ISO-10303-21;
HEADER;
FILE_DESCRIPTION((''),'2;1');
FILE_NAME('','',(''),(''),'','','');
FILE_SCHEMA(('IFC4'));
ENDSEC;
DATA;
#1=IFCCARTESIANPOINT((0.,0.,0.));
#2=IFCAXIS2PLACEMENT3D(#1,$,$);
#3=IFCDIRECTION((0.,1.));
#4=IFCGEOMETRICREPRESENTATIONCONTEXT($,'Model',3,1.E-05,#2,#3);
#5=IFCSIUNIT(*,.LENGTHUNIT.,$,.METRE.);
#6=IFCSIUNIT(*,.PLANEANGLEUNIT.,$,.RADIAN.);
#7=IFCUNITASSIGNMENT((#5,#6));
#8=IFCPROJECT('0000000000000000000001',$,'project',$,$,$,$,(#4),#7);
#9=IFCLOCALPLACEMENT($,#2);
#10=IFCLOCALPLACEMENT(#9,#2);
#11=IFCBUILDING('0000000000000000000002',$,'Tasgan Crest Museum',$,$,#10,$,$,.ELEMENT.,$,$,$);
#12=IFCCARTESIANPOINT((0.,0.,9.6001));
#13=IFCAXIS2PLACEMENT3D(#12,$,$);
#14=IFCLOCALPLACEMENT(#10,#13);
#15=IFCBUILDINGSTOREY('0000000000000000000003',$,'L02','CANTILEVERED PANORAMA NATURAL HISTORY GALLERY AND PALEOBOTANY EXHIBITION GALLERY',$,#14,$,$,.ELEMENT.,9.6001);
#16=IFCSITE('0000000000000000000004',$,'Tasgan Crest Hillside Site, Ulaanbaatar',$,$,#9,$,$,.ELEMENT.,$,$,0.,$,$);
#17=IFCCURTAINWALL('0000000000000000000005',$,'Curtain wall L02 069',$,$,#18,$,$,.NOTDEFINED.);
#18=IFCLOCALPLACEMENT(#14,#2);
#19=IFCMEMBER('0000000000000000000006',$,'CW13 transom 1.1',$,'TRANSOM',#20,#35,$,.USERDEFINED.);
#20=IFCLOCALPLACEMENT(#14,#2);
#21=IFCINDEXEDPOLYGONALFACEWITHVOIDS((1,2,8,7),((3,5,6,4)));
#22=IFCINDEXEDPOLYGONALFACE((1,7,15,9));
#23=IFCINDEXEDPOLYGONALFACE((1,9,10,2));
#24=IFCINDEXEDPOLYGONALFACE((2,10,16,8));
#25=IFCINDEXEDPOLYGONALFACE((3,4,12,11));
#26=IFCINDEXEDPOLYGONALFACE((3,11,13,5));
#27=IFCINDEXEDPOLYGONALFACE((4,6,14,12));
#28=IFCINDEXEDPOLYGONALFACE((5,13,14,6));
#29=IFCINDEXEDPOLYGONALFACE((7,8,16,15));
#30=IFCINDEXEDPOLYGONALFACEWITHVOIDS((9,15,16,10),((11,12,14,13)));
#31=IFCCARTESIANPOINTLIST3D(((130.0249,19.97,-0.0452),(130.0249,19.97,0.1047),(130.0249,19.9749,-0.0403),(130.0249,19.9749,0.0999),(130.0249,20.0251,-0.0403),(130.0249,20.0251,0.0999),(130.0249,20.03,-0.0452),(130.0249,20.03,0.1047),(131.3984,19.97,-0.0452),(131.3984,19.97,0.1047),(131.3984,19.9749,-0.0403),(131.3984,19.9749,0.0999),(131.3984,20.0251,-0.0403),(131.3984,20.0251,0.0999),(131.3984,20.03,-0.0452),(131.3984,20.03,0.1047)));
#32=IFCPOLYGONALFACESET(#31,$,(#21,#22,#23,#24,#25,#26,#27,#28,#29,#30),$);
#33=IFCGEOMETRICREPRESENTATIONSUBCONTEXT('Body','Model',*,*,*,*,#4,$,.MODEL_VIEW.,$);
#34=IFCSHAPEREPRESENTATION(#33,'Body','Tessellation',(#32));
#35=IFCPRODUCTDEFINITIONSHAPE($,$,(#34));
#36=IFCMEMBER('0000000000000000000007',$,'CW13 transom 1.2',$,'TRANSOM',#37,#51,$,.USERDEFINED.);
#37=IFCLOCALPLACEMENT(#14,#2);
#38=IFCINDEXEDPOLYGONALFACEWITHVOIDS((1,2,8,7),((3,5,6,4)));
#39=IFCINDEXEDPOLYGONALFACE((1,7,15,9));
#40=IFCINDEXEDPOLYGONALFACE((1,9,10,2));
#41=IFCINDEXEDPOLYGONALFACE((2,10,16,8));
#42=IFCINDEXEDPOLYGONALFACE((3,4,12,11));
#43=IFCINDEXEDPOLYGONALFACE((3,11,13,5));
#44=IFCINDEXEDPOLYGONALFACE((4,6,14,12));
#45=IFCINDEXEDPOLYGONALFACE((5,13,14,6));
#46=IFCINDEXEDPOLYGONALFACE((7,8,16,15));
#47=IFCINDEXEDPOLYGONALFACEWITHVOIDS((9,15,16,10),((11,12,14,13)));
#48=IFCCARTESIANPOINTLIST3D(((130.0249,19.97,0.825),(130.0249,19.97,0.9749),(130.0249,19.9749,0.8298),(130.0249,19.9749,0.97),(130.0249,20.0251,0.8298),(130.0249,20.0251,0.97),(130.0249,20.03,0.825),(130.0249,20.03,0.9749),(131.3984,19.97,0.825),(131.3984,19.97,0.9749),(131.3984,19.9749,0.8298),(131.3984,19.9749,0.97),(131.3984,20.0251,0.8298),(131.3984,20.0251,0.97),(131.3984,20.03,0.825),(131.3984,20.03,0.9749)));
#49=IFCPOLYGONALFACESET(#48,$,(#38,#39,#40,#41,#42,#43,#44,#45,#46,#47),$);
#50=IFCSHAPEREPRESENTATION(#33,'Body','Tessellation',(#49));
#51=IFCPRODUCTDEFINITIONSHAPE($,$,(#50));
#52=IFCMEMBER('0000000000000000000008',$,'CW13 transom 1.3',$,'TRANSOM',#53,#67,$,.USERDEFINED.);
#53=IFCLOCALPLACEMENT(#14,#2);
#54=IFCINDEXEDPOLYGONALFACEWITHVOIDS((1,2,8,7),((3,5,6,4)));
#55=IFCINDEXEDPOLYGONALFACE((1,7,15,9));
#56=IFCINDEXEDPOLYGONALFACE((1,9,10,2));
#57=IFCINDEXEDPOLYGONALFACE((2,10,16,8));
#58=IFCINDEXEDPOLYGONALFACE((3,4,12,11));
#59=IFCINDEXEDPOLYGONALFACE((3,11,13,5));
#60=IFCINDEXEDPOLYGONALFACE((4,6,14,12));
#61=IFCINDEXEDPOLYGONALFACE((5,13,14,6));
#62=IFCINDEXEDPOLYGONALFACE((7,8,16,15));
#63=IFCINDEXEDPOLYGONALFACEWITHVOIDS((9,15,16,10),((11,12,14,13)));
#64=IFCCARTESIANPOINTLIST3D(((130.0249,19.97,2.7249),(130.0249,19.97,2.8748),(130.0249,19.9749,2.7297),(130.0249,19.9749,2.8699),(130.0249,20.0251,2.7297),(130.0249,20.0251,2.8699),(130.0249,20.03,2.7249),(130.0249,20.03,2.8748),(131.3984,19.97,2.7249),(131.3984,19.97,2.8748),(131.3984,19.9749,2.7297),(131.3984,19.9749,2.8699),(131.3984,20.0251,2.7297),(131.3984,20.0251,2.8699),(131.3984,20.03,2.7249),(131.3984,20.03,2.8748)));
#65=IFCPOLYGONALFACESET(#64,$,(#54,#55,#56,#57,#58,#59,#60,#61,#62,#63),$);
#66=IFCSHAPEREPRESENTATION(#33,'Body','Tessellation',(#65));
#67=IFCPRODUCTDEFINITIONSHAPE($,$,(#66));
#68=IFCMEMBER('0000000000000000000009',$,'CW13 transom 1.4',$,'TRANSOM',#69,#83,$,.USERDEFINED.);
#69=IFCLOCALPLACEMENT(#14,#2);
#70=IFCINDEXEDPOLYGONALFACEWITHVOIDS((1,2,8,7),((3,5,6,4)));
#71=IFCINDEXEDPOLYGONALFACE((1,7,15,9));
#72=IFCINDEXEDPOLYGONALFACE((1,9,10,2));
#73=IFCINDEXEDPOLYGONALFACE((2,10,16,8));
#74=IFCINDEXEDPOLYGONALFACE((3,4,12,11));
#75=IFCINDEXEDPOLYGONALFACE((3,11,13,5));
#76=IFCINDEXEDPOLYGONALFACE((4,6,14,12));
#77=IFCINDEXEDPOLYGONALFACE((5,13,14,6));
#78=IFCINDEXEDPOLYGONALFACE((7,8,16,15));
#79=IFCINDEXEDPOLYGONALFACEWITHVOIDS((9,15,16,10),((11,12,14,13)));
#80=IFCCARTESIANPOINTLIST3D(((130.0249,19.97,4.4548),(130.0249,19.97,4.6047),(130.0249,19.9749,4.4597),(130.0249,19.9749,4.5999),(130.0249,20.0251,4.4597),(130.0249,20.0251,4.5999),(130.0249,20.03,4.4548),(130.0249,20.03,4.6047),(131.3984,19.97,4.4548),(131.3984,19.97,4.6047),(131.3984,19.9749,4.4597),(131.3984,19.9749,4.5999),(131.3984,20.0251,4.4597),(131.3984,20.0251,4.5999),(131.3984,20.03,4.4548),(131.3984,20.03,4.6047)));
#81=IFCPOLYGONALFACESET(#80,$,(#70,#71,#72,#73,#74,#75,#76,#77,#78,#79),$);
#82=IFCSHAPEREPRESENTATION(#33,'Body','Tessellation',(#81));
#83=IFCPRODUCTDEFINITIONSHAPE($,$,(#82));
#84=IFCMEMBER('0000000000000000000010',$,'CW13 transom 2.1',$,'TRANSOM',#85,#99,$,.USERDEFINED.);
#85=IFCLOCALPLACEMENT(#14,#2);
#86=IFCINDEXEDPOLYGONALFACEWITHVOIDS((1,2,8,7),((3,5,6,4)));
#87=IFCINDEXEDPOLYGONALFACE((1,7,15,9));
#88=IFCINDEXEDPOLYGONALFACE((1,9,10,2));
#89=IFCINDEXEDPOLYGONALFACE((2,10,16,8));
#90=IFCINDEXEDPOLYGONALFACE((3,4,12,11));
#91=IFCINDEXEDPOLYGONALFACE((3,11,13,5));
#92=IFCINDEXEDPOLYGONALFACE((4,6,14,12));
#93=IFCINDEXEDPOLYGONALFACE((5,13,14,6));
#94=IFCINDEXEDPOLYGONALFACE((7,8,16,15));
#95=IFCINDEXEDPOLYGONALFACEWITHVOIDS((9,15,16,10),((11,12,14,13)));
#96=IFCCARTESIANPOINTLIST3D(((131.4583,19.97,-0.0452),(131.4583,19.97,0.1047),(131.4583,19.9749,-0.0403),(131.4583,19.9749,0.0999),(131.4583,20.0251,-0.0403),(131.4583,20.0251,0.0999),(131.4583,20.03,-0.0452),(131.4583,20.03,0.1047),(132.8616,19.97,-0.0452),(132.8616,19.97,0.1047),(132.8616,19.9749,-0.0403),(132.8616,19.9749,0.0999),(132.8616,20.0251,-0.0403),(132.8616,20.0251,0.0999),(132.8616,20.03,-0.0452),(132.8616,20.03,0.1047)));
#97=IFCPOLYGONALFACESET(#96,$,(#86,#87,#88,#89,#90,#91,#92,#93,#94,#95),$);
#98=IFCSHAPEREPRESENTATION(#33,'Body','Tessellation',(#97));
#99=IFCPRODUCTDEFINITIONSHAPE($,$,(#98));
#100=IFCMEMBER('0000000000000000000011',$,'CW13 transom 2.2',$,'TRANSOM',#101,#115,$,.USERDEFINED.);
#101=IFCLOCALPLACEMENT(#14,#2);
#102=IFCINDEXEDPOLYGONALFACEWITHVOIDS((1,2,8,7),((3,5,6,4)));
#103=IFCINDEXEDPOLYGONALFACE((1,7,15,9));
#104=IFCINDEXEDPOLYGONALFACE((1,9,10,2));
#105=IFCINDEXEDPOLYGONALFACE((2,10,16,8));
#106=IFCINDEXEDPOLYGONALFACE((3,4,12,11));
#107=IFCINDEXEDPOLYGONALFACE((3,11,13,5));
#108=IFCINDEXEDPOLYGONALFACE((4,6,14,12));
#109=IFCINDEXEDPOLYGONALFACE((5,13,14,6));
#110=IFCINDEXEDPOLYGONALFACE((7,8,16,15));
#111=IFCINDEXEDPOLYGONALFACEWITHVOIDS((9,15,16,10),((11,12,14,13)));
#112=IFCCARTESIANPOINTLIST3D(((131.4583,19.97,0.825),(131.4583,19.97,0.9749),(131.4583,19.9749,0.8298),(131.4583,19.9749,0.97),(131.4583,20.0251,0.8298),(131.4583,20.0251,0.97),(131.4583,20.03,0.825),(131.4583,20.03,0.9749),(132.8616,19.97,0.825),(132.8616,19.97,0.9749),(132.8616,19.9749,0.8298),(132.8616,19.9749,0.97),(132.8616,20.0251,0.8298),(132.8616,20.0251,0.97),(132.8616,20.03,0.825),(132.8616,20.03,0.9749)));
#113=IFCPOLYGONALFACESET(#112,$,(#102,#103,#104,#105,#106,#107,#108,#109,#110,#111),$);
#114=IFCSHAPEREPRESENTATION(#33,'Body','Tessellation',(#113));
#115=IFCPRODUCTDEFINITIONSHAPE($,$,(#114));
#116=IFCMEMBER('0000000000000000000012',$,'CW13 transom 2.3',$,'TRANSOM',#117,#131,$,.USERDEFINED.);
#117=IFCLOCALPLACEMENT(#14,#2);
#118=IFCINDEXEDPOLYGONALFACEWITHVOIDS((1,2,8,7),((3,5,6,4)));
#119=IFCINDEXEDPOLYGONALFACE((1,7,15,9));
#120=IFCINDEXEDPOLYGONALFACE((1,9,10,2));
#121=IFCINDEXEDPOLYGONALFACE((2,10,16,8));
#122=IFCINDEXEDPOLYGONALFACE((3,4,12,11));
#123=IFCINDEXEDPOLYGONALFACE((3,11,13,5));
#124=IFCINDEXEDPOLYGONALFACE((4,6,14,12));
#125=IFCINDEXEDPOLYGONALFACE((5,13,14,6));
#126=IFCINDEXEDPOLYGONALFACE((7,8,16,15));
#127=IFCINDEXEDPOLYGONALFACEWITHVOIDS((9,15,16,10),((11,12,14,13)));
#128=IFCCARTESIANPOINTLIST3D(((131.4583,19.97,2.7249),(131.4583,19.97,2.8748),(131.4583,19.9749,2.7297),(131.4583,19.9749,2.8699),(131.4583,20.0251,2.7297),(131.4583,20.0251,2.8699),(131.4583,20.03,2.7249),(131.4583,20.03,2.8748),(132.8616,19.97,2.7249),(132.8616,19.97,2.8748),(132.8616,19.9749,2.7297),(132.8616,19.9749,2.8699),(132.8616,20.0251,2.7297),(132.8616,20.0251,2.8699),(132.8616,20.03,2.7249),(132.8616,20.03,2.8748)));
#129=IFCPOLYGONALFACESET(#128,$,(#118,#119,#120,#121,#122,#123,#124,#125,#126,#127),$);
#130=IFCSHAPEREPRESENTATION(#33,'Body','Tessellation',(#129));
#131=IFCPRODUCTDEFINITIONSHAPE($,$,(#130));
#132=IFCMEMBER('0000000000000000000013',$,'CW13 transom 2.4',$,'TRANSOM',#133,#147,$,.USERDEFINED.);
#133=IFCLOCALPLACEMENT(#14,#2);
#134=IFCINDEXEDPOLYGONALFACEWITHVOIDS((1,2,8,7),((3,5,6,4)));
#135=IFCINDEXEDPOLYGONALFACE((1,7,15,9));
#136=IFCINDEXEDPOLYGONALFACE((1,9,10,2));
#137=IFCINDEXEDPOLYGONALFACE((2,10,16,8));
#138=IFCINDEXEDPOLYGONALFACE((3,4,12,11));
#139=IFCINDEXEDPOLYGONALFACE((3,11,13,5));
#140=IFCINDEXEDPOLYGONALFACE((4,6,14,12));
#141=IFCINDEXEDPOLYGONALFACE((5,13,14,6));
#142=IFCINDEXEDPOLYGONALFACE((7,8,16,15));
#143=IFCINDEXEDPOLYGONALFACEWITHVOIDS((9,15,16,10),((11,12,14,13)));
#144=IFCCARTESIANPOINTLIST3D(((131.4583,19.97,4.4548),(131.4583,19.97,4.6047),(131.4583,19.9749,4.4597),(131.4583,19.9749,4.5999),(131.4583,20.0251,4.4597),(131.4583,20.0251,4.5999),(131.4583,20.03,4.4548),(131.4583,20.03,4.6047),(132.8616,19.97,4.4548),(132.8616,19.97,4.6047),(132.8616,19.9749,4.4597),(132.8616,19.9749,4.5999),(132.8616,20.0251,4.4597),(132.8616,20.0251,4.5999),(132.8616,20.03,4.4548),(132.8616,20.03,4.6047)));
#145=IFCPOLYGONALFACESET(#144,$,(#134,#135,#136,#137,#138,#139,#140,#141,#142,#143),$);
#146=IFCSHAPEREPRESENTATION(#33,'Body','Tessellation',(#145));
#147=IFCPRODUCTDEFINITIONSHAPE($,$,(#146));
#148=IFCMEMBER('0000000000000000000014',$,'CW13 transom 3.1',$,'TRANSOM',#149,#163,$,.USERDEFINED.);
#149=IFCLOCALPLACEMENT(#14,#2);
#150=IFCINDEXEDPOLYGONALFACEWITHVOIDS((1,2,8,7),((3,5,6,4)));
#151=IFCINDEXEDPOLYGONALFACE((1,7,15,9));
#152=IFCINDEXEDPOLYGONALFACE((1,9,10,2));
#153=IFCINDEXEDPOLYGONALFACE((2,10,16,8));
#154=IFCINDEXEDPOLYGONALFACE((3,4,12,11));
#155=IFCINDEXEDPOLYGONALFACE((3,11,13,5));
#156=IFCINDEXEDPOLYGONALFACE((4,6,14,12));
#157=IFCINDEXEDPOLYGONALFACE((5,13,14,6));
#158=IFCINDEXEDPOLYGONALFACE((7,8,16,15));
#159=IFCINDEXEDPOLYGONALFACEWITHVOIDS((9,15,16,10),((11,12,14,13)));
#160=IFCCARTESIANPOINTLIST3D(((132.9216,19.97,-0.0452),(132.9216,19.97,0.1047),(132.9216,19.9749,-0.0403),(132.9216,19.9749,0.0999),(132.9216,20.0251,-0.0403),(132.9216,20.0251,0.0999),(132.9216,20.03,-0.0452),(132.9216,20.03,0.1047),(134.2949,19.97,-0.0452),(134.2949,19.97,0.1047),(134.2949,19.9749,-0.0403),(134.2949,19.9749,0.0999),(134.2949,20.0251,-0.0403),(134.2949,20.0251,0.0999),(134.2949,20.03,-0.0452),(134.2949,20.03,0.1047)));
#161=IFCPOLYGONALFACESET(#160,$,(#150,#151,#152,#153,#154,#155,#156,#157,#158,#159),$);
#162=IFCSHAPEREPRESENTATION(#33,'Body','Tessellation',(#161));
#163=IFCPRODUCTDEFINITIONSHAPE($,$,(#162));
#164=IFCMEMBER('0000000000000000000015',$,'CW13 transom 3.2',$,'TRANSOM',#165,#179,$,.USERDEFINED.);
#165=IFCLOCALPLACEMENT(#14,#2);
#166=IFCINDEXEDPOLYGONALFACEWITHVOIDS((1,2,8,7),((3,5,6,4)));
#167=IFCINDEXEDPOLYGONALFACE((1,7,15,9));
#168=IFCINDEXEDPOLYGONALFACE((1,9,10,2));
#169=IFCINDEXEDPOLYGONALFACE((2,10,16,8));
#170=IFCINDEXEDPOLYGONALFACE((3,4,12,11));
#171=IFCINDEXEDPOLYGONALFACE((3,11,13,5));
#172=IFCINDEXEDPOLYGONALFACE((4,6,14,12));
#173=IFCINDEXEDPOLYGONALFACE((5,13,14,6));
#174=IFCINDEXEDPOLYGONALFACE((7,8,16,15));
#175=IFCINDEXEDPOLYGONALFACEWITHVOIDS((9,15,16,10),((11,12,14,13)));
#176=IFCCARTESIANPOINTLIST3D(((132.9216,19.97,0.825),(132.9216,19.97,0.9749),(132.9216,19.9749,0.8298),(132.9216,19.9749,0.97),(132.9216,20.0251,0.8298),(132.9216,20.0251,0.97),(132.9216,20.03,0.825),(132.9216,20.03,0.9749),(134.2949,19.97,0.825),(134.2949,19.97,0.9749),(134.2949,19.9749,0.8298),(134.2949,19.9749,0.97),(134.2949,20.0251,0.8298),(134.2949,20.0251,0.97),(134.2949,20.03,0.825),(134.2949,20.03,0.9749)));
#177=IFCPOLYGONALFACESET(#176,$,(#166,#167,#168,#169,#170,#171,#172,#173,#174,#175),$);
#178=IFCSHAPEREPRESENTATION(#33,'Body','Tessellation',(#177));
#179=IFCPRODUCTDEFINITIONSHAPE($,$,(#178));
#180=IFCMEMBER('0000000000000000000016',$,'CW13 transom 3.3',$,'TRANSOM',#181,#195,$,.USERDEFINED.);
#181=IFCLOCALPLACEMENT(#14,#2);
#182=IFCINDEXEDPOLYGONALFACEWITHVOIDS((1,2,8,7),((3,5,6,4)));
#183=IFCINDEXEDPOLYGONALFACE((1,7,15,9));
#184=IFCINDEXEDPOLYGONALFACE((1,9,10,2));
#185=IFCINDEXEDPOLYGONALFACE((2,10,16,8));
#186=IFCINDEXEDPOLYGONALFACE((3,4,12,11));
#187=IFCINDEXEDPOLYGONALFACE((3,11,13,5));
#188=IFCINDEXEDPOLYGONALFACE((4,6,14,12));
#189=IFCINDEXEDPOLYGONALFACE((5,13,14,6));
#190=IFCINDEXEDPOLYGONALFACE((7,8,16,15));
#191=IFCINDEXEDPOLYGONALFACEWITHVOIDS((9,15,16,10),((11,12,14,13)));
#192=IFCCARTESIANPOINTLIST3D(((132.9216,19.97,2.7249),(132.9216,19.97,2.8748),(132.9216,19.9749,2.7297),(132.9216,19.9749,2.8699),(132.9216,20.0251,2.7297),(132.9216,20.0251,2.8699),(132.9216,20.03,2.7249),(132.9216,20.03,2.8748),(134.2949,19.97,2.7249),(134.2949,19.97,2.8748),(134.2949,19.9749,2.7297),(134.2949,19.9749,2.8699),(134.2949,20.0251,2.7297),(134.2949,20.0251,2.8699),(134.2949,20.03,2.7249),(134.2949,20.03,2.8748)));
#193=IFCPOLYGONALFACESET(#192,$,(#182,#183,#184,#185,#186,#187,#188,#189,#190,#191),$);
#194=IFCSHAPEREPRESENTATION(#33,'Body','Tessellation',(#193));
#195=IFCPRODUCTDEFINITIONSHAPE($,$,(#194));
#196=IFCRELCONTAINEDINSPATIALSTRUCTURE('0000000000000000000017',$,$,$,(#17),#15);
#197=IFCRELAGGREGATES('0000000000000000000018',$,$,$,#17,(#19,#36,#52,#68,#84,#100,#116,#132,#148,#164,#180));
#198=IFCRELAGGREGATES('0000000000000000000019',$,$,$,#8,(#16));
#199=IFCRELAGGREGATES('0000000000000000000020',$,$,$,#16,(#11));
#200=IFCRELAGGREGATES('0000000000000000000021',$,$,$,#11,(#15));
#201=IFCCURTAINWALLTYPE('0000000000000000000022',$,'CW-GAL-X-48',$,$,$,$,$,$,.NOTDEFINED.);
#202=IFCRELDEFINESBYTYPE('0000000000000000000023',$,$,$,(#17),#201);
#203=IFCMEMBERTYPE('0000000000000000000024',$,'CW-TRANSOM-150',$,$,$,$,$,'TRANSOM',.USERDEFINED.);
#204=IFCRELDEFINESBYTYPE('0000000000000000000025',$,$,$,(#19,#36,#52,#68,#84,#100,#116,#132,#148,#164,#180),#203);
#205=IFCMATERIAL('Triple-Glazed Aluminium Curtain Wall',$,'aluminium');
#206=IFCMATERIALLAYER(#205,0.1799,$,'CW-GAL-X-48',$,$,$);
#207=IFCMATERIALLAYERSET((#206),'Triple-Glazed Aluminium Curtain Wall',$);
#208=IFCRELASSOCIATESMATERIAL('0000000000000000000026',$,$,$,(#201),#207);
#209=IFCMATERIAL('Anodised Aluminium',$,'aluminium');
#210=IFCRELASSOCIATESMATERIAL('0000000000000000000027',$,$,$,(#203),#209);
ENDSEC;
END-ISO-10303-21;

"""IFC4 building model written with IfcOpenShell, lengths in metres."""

from ifc_helpers import new_model, si_unit, direction, frame, origin, origin_2d, place, context, subcontext, project, spatial, hollow_rectangle, extrude, material, layer, layer_set, material_profile, profile_set, type_object, element, aggregate, save


model = new_model("IFC4")

# Units and contexts
model_context = context("Model", 3, precision=1e-05, world=origin(), true_north=direction((0.0, 1.0)))
body_context = subcontext(model_context, "Body", "Model", "MODEL_VIEW")
ifc_project = project(units=[si_unit("LENGTHUNIT", "METRE"), si_unit("PLANEANGLEUNIT", "RADIAN")], contexts=[model_context])

# Site, building, storey
site_placement = place(None, origin())
site = spatial("IfcSite", under=ifc_project, at=site_placement, Name="Tasgan Crest Hillside Site, Ulaanbaatar", CompositionType="ELEMENT", RefElevation=0.0)
building_placement = place(site_placement, origin())
building = spatial("IfcBuilding", under=site, at=building_placement, Name="Tasgan Crest Museum", CompositionType="ELEMENT")
storey_placement = place(building_placement, frame((0.0, 0.0, 9.6001)))
storey = spatial("IfcBuildingStorey", under=building, at=storey_placement, Name="L02", Description="CANTILEVERED PANORAMA NATURAL HISTORY GALLERY AND PALEOBOTANY EXHIBITION GALLERY", CompositionType="ELEMENT", Elevation=9.6001)

# Curtain wall, members
ifc_material_1 = material(Name="Triple-Glazed Aluminium Curtain Wall", Category="aluminium")
ifc_layer_1 = layer(ifc_material_1, 0.1799, Name="CW-GAL-X-48")
ifc_layer_set_1 = layer_set([ifc_layer_1], Name="Triple-Glazed Aluminium Curtain Wall")
curtain_wall_type = type_object("IfcCurtainWallType", Name="CW-GAL-X-48", PredefinedType="NOTDEFINED", material=ifc_layer_set_1)
curtain_wall_placement = place(storey_placement, origin())
curtain_wall = element("IfcCurtainWall", 1, at=curtain_wall_placement, inside=storey, type_object=curtain_wall_type, Name="Curtain wall L02 069", PredefinedType="NOTDEFINED")
ifc_material_2 = material(Name="Anodised Aluminium", Category="aluminium")
ifc_material_profile_1 = material_profile(ifc_material_2, hollow_rectangle(XDim=0.0601, YDim=0.1499, WallThickness=0.0049, at=origin_2d()), Name="ALU TRANSOM 150x60x5")
ifc_profile_set_1 = profile_set([ifc_material_profile_1], Name="Anodised Aluminium")
member_type_1 = type_object("IfcMemberType", Name="CW-TRANSOM-150", ElementType="TRANSOM", PredefinedType="USERDEFINED", material=ifc_profile_set_1)
member_1_placement = place(storey_placement, frame((130.0249, 20.0, 0.0298), z_axis=(1.0, 0.0, 0.0), x_axis=(0.0, 1.0, 0.0)))
member_1 = element("IfcMember", 2, at=member_1_placement, type_object=member_type_1, Name="CW13 transom 1.1", ObjectType="TRANSOM", PredefinedType="USERDEFINED", context=body_context, shape_type="SweptSolid", body=[
    extrude(hollow_rectangle(XDim=0.0601, YDim=0.1499, WallThickness=0.0049, at=origin_2d()), origin(), (0.0, 0.0, 1.0), 1.3735),
])
member_2_placement = place(storey_placement, frame((130.0249, 20.0, 0.8999), z_axis=(1.0, 0.0, 0.0), x_axis=(0.0, 1.0, 0.0)))
member_2 = element("IfcMember", 3, at=member_2_placement, type_object=member_type_1, Name="CW13 transom 1.2", ObjectType="TRANSOM", PredefinedType="USERDEFINED", context=body_context, shape_type="SweptSolid", body=[
    extrude(hollow_rectangle(XDim=0.0601, YDim=0.1499, WallThickness=0.0049, at=origin_2d()), origin(), (0.0, 0.0, 1.0), 1.3735),
])
member_3_placement = place(storey_placement, frame((130.0249, 20.0, 2.7998), z_axis=(1.0, 0.0, 0.0), x_axis=(0.0, 1.0, 0.0)))
member_3 = element("IfcMember", 4, at=member_3_placement, type_object=member_type_1, Name="CW13 transom 1.3", ObjectType="TRANSOM", PredefinedType="USERDEFINED", context=body_context, shape_type="SweptSolid", body=[
    extrude(hollow_rectangle(XDim=0.0601, YDim=0.1499, WallThickness=0.0049, at=origin_2d()), origin(), (0.0, 0.0, 1.0), 1.3735),
])
member_4_placement = place(storey_placement, frame((130.0249, 20.0, 4.5298), z_axis=(1.0, 0.0, 0.0), x_axis=(0.0, 1.0, 0.0)))
member_4 = element("IfcMember", 5, at=member_4_placement, type_object=member_type_1, Name="CW13 transom 1.4", ObjectType="TRANSOM", PredefinedType="USERDEFINED", context=body_context, shape_type="SweptSolid", body=[
    extrude(hollow_rectangle(XDim=0.0601, YDim=0.1499, WallThickness=0.0049, at=origin_2d()), origin(), (0.0, 0.0, 1.0), 1.3735),
])
member_5_placement = place(storey_placement, frame((131.4583, 20.0, 0.0298), z_axis=(1.0, 0.0, 0.0), x_axis=(0.0, 1.0, 0.0)))
member_5 = element("IfcMember", 6, at=member_5_placement, type_object=member_type_1, Name="CW13 transom 2.1", ObjectType="TRANSOM", PredefinedType="USERDEFINED", context=body_context, shape_type="SweptSolid", body=[
    extrude(hollow_rectangle(XDim=0.0601, YDim=0.1499, WallThickness=0.0049, at=origin_2d()), origin(), (0.0, 0.0, 1.0), 1.4033),
])
member_6_placement = place(storey_placement, frame((131.4583, 20.0, 0.8999), z_axis=(1.0, 0.0, 0.0), x_axis=(0.0, 1.0, 0.0)))
member_6 = element("IfcMember", 7, at=member_6_placement, type_object=member_type_1, Name="CW13 transom 2.2", ObjectType="TRANSOM", PredefinedType="USERDEFINED", context=body_context, shape_type="SweptSolid", body=[
    extrude(hollow_rectangle(XDim=0.0601, YDim=0.1499, WallThickness=0.0049, at=origin_2d()), origin(), (0.0, 0.0, 1.0), 1.4033),
])
member_7_placement = place(storey_placement, frame((131.4583, 20.0, 2.7998), z_axis=(1.0, 0.0, 0.0), x_axis=(0.0, 1.0, 0.0)))
member_7 = element("IfcMember", 8, at=member_7_placement, type_object=member_type_1, Name="CW13 transom 2.3", ObjectType="TRANSOM", PredefinedType="USERDEFINED", context=body_context, shape_type="SweptSolid", body=[
    extrude(hollow_rectangle(XDim=0.0601, YDim=0.1499, WallThickness=0.0049, at=origin_2d()), origin(), (0.0, 0.0, 1.0), 1.4033),
])
member_8_placement = place(storey_placement, frame((131.4583, 20.0, 4.5298), z_axis=(1.0, 0.0, 0.0), x_axis=(0.0, 1.0, 0.0)))
member_8 = element("IfcMember", 9, at=member_8_placement, type_object=member_type_1, Name="CW13 transom 2.4", ObjectType="TRANSOM", PredefinedType="USERDEFINED", context=body_context, shape_type="SweptSolid", body=[
    extrude(hollow_rectangle(XDim=0.0601, YDim=0.1499, WallThickness=0.0049, at=origin_2d()), origin(), (0.0, 0.0, 1.0), 1.4033),
])
member_9_placement = place(storey_placement, frame((132.9216, 20.0, 0.0298), z_axis=(1.0, 0.0, 0.0), x_axis=(0.0, 1.0, 0.0)))
member_9 = element("IfcMember", 10, at=member_9_placement, type_object=member_type_1, Name="CW13 transom 3.1", ObjectType="TRANSOM", PredefinedType="USERDEFINED", context=body_context, shape_type="SweptSolid", body=[
    extrude(hollow_rectangle(XDim=0.0601, YDim=0.1499, WallThickness=0.0049, at=origin_2d()), origin(), (0.0, 0.0, 1.0), 1.3733),
])
member_10_placement = place(storey_placement, frame((132.9216, 20.0, 0.8999), z_axis=(1.0, 0.0, 0.0), x_axis=(0.0, 1.0, 0.0)))
member_10 = element("IfcMember", 11, at=member_10_placement, type_object=member_type_1, Name="CW13 transom 3.2", ObjectType="TRANSOM", PredefinedType="USERDEFINED", context=body_context, shape_type="SweptSolid", body=[
    extrude(hollow_rectangle(XDim=0.0601, YDim=0.1499, WallThickness=0.0049, at=origin_2d()), origin(), (0.0, 0.0, 1.0), 1.3733),
])
member_11_placement = place(storey_placement, frame((132.9216, 20.0, 2.7998), z_axis=(1.0, 0.0, 0.0), x_axis=(0.0, 1.0, 0.0)))
member_11 = element("IfcMember", 12, at=member_11_placement, type_object=member_type_1, Name="CW13 transom 3.3", ObjectType="TRANSOM", PredefinedType="USERDEFINED", context=body_context, shape_type="SweptSolid", body=[
    extrude(hollow_rectangle(XDim=0.0601, YDim=0.1499, WallThickness=0.0049, at=origin_2d()), origin(), (0.0, 0.0, 1.0), 1.3733),
])
aggregate(curtain_wall, [member_1, member_2, member_3, member_4, member_5, member_6, member_7, member_8, member_9, member_10, member_11])

save(model, "model.ifc")
